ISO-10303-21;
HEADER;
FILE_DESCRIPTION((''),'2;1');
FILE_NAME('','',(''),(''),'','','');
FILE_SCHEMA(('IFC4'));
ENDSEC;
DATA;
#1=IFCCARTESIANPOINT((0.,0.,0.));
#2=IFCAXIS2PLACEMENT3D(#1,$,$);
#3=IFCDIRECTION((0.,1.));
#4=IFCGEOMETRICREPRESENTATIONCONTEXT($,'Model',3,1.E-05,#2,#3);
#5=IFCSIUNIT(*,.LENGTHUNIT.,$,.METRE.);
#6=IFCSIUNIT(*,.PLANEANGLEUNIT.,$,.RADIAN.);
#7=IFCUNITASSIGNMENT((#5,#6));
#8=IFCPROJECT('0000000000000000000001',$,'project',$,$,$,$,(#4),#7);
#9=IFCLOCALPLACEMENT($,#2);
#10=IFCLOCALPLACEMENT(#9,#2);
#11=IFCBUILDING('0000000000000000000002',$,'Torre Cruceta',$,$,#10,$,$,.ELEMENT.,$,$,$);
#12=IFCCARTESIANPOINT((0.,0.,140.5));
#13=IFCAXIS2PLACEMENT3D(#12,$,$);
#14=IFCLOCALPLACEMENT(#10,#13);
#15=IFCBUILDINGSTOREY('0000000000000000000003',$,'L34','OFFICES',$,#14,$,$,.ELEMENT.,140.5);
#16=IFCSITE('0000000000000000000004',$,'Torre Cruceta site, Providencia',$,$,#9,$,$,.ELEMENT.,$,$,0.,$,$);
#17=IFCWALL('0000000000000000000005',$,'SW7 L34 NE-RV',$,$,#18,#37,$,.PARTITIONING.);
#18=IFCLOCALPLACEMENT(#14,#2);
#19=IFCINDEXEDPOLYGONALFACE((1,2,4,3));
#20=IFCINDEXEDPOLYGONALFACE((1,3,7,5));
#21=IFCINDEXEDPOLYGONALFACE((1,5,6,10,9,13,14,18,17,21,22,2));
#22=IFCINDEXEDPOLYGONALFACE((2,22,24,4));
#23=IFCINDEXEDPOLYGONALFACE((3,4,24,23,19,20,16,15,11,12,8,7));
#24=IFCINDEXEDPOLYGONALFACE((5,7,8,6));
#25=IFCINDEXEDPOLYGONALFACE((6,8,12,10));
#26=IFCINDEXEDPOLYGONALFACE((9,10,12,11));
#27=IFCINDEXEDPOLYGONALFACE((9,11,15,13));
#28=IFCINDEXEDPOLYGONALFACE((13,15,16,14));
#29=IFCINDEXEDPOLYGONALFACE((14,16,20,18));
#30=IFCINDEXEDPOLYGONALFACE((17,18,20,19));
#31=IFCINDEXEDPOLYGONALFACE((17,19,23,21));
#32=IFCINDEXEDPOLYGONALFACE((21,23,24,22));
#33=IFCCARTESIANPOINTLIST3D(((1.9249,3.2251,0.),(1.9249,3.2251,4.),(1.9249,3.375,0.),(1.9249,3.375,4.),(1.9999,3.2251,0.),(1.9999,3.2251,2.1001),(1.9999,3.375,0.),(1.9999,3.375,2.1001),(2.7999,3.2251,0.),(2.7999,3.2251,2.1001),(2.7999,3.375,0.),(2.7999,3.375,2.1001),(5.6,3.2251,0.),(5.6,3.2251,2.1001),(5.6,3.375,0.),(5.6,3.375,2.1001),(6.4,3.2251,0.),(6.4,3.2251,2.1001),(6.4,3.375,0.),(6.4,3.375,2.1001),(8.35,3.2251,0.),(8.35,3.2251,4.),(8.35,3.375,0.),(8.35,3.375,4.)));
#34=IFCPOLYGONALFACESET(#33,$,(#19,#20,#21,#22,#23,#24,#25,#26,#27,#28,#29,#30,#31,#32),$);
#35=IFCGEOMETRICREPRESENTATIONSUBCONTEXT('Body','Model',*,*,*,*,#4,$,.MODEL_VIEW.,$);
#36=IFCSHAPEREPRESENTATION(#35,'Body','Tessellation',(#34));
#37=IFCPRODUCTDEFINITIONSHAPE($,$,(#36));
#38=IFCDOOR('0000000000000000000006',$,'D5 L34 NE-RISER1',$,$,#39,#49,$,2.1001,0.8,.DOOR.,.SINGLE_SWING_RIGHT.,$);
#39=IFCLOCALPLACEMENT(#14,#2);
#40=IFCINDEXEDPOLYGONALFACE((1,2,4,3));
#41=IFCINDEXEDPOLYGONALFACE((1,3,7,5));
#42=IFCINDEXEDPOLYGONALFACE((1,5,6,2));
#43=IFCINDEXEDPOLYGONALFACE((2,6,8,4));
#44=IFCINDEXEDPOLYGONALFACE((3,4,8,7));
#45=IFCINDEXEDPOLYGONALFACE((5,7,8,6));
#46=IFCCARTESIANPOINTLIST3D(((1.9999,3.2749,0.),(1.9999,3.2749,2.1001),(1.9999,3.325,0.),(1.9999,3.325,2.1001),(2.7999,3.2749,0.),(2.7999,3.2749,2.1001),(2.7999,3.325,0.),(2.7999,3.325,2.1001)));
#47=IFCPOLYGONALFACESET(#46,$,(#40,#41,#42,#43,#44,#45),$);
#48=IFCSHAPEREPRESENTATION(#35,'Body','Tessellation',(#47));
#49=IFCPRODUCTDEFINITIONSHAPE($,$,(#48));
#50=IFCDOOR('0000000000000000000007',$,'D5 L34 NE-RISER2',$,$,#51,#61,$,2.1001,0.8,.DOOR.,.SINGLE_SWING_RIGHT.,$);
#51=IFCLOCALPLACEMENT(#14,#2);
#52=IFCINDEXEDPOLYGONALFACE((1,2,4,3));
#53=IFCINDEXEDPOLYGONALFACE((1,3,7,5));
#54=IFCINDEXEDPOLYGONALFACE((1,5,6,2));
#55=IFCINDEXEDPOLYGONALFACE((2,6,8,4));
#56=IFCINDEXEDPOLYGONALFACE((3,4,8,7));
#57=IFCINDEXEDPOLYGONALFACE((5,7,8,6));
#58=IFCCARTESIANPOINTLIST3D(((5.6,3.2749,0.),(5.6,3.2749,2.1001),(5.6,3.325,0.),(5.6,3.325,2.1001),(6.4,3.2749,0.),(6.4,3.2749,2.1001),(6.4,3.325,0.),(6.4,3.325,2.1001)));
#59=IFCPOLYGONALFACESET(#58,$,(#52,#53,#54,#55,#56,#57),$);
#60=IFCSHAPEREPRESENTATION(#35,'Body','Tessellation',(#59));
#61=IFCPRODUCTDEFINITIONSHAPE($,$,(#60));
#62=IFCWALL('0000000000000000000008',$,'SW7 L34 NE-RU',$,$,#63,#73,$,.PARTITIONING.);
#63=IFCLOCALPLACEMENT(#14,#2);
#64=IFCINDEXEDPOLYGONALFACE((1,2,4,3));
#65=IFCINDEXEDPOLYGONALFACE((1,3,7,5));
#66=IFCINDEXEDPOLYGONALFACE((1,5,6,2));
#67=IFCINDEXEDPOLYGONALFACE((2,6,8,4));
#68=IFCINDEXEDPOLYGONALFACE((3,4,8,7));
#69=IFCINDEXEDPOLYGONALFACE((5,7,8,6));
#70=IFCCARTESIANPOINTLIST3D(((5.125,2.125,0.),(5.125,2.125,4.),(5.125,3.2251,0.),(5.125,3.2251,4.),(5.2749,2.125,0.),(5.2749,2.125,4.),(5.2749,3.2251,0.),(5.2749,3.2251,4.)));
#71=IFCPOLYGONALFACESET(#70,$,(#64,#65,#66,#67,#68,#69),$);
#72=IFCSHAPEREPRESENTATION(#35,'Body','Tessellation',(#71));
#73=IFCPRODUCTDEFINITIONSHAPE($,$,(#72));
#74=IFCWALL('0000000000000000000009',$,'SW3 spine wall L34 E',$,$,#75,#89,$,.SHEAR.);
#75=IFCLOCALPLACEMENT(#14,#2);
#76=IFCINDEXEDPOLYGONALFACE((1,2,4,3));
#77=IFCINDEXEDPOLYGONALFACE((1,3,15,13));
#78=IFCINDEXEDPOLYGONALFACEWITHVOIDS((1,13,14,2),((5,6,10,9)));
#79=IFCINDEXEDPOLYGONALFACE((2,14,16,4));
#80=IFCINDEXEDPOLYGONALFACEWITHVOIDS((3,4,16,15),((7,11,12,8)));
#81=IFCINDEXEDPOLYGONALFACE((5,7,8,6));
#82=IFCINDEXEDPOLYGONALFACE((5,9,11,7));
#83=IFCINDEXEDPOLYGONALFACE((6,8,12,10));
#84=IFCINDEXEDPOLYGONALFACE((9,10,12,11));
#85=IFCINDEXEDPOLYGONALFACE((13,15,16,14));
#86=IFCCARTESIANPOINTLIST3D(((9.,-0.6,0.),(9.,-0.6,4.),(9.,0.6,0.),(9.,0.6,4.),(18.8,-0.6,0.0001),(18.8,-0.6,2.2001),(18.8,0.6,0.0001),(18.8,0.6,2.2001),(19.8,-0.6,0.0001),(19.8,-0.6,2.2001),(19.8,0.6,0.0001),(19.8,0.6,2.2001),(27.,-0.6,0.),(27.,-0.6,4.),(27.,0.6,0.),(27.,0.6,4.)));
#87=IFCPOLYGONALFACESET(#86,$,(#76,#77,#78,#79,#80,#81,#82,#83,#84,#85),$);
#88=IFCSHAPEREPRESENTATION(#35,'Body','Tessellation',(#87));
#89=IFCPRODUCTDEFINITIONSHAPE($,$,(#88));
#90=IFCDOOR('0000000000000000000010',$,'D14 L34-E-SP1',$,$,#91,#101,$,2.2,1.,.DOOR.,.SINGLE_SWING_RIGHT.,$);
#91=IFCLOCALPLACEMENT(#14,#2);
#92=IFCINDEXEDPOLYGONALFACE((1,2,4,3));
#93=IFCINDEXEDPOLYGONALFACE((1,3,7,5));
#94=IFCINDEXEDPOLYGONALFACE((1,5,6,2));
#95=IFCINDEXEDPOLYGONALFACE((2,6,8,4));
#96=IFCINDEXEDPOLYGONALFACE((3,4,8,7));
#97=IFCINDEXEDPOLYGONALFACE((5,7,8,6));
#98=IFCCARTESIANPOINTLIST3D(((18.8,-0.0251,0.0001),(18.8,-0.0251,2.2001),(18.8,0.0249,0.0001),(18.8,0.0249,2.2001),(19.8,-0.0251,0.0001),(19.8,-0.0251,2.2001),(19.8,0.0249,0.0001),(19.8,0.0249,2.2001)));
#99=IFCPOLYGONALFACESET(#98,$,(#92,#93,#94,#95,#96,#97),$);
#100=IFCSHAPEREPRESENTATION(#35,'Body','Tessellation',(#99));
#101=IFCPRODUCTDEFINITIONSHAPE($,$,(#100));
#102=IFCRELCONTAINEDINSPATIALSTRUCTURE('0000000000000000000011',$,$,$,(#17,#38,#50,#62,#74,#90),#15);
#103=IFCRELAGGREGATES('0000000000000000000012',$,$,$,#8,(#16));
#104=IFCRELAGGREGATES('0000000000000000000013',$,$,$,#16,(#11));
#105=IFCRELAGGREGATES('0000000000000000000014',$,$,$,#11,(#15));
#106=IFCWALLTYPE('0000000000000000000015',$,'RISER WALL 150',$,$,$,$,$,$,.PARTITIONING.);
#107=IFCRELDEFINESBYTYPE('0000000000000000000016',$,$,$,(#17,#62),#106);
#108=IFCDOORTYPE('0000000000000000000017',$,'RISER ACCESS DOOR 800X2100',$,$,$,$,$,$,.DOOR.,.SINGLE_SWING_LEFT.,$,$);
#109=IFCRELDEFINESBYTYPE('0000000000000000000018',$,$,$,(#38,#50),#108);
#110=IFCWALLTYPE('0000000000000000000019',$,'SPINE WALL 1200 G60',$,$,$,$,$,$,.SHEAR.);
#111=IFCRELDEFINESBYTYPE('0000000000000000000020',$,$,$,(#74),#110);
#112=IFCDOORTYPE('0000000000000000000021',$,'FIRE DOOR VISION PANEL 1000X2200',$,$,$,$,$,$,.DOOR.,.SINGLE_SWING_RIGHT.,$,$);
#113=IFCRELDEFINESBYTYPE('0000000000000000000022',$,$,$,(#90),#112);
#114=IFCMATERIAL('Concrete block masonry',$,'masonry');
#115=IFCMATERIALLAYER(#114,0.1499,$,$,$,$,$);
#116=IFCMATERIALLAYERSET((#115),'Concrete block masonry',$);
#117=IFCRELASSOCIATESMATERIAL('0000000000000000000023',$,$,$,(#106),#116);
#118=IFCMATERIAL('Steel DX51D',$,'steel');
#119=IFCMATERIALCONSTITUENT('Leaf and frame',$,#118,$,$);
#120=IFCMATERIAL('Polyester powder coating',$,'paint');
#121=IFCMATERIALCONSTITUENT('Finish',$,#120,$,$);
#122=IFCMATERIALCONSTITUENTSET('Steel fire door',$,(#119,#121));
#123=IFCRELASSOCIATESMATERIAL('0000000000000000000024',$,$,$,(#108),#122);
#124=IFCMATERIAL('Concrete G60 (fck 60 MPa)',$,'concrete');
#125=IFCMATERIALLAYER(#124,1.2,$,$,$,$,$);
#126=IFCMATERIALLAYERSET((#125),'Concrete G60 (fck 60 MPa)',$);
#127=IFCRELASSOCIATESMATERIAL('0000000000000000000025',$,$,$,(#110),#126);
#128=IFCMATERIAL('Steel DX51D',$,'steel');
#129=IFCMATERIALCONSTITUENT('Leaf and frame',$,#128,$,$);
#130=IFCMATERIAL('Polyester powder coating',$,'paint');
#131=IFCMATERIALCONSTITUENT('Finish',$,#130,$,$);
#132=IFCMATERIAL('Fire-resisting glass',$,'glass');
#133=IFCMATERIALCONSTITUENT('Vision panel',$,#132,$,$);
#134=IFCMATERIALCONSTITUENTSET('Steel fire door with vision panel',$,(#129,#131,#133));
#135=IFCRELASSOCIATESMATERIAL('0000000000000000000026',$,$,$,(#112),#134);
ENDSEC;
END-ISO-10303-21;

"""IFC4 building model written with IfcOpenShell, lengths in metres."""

from ifc_helpers import new_model, si_unit, direction, frame, frame_2d, origin, place, context, subcontext, project, spatial, rectangle, extrude, material, layer, layer_set, constituent, constituent_set, type_object, element, fill, save


model = new_model("IFC4")

# Units and contexts
model_context = context("Model", 3, precision=1e-05, world=origin(), true_north=direction((0.0, 1.0)))
body_context = subcontext(model_context, "Body", "Model", "MODEL_VIEW")
ifc_project = project(units=[si_unit("LENGTHUNIT", "METRE"), si_unit("PLANEANGLEUNIT", "RADIAN")], contexts=[model_context])

# Site, building, storey
site_placement = place(None, origin())
site = spatial("IfcSite", under=ifc_project, at=site_placement, Name="Torre Cruceta site, Providencia", CompositionType="ELEMENT", RefElevation=0.0)
building_placement = place(site_placement, origin())
building = spatial("IfcBuilding", under=site, at=building_placement, Name="Torre Cruceta", CompositionType="ELEMENT")
storey_placement = place(building_placement, frame((0.0, 0.0, 140.5)))
storey = spatial("IfcBuildingStorey", under=building, at=storey_placement, Name="L34", Description="OFFICES", CompositionType="ELEMENT", Elevation=140.5)

# Wall, openings, doors
ifc_material_1 = material(Name="Concrete block masonry", Category="masonry")
ifc_layer_1 = layer(ifc_material_1, 0.1499)
ifc_layer_set_1 = layer_set([ifc_layer_1], Name="Concrete block masonry")
wall_type_1 = type_object("IfcWallType", Name="RISER WALL 150", PredefinedType="PARTITIONING", material=ifc_layer_set_1)
wall_1_placement = place(storey_placement, frame((1.925, 3.3, 0.0), z_axis=(0.0, 0.0, 1.0), x_axis=(1.0, 0.0, 0.0)))
wall_1 = element("IfcWall", 1, at=wall_1_placement, inside=storey, type_object=wall_type_1, Name="SW7 L34 NE-RV", PredefinedType="PARTITIONING", context=body_context, shape_type="SweptSolid", body=[
    extrude(rectangle(XDim=6.425, YDim=0.1499, at=frame_2d((3.2124, 0.0))), origin(), (0.0, 0.0, 1.0), 4.0),
])
opening_1_placement = place(wall_1_placement, frame((0.075, 0.0, 0.0)))
opening_1 = element("IfcOpeningElement", 2, at=opening_1_placement, cuts=wall_1, PredefinedType="OPENING", context=body_context, shape_type="SweptSolid", body=[
    extrude(rectangle(XDim=0.8, YDim=2.1001, at=frame_2d((0.3999, 1.05))), frame((0.0, 0.085, 0.0), z_axis=(0.0, -1.0, 0.0), x_axis=(1.0, 0.0, 0.0)), (0.0, 0.0, 1.0), 0.1699),
])
opening_2_placement = place(wall_1_placement, frame((3.675, 0.0, 0.0)))
opening_2 = element("IfcOpeningElement", 3, at=opening_2_placement, cuts=wall_1, PredefinedType="OPENING", context=body_context, shape_type="SweptSolid", body=[
    extrude(rectangle(XDim=0.8, YDim=2.1001, at=frame_2d((0.3999, 1.05))), frame((0.0, 0.085, 0.0), z_axis=(0.0, -1.0, 0.0), x_axis=(1.0, 0.0, 0.0)), (0.0, 0.0, 1.0), 0.1699),
])
ifc_material_2 = material(Name="Steel DX51D", Category="steel")
ifc_constituent_1 = constituent(ifc_material_2, Name="Leaf and frame")
ifc_material_3 = material(Name="Polyester powder coating", Category="paint")
ifc_constituent_2 = constituent(ifc_material_3, Name="Finish")
ifc_constituent_set_1 = constituent_set(constituents=[ifc_constituent_1, ifc_constituent_2], Name="Steel fire door")
door_type_1 = type_object("IfcDoorType", Name="RISER ACCESS DOOR 800X2100", OperationType="SINGLE_SWING_LEFT", PredefinedType="DOOR", material=ifc_constituent_set_1)
door_1_placement = place(opening_1_placement, frame((0.8, 0.0, 0.0), z_axis=(0.0, 0.0, 1.0), x_axis=(-1.0, 0.0, 0.0)))
door_1 = element("IfcDoor", 4, at=door_1_placement, inside=storey, type_object=door_type_1, Name="D5 L34 NE-RISER1", OperationType="SINGLE_SWING_RIGHT", OverallHeight=2.1001, OverallWidth=0.8, PredefinedType="DOOR", context=body_context, shape_type="SweptSolid", body=[
    extrude(rectangle(XDim=0.8, YDim=2.1001, at=frame_2d((0.4001, 1.05))), frame((0.0, 0.0251, 0.0), z_axis=(0.0, -1.0, 0.0), x_axis=(1.0, 0.0, 0.0)), (0.0, 0.0, 1.0), 0.05),
])
fill(opening_1, door_1)
door_2_placement = place(opening_2_placement, frame((0.8, 0.0, 0.0), z_axis=(0.0, 0.0, 1.0), x_axis=(-1.0, 0.0, 0.0)))
door_2 = element("IfcDoor", 5, at=door_2_placement, inside=storey, type_object=door_type_1, Name="D5 L34 NE-RISER2", OperationType="SINGLE_SWING_RIGHT", OverallHeight=2.1001, OverallWidth=0.8, PredefinedType="DOOR", context=body_context, shape_type="SweptSolid", body=[
    extrude(rectangle(XDim=0.8, YDim=2.1001, at=frame_2d((0.4001, 1.05))), frame((0.0, 0.0251, 0.0), z_axis=(0.0, -1.0, 0.0), x_axis=(1.0, 0.0, 0.0)), (0.0, 0.0, 1.0), 0.05),
])
fill(opening_2, door_2)

# Wall
wall_2_placement = place(storey_placement, frame((5.2, 2.125, 0.0), z_axis=(0.0, 0.0, 1.0), x_axis=(0.0, 1.0, 0.0)))
element("IfcWall", 6, at=wall_2_placement, inside=storey, type_object=wall_type_1, Name="SW7 L34 NE-RU", PredefinedType="PARTITIONING", context=body_context, shape_type="SweptSolid", body=[
    extrude(rectangle(XDim=1.1001, YDim=0.1499, at=frame_2d((0.55, 0.0))), origin(), (0.0, 0.0, 1.0), 4.0),
])

# Wall, opening, door
ifc_material_4 = material(Name="Concrete G60 (fck 60 MPa)", Category="concrete")
ifc_layer_2 = layer(ifc_material_4, 1.2)
ifc_layer_set_2 = layer_set([ifc_layer_2], Name="Concrete G60 (fck 60 MPa)")
wall_type_2 = type_object("IfcWallType", Name="SPINE WALL 1200 G60", PredefinedType="SHEAR", material=ifc_layer_set_2)
wall_3_placement = place(storey_placement, frame((9.0, 0.0, 0.0), z_axis=(0.0, 0.0, 1.0), x_axis=(1.0, 0.0, 0.0)))
wall_3 = element("IfcWall", 7, at=wall_3_placement, inside=storey, type_object=wall_type_2, Name="SW3 spine wall L34 E", PredefinedType="SHEAR", context=body_context, shape_type="SweptSolid", body=[
    extrude(rectangle(XDim=18.0, YDim=1.2, at=frame_2d((9.0, 0.0))), origin(), (0.0, 0.0, 1.0), 4.0),
])
opening_3_placement = place(wall_3_placement, frame((9.8, 0.0, 0.0)))
opening_3 = element("IfcOpeningElement", 8, at=opening_3_placement, cuts=wall_3, PredefinedType="OPENING", context=body_context, shape_type="SweptSolid", body=[
    extrude(rectangle(XDim=1.0, YDim=2.2, at=frame_2d((0.5, 1.1001))), frame((0.0, 0.6099, 0.0), z_axis=(0.0, -1.0, 0.0), x_axis=(1.0, 0.0, 0.0)), (0.0, 0.0, 1.0), 1.22),
])
ifc_material_5 = material(Name="Steel DX51D", Category="steel")
ifc_constituent_3 = constituent(ifc_material_5, Name="Leaf and frame")
ifc_material_6 = material(Name="Polyester powder coating", Category="paint")
ifc_constituent_4 = constituent(ifc_material_6, Name="Finish")
ifc_material_7 = material(Name="Fire-resisting glass", Category="glass")
ifc_constituent_5 = constituent(ifc_material_7, Name="Vision panel")
ifc_constituent_set_2 = constituent_set(constituents=[ifc_constituent_3, ifc_constituent_4, ifc_constituent_5], Name="Steel fire door with vision panel")
door_type_2 = type_object("IfcDoorType", Name="FIRE DOOR VISION PANEL 1000X2200", OperationType="SINGLE_SWING_RIGHT", PredefinedType="DOOR", material=ifc_constituent_set_2)
door_3_placement = place(opening_3_placement, frame((1.0, 0.0, 0.0), z_axis=(0.0, 0.0, 1.0), x_axis=(-1.0, 0.0, 0.0)))
door_3 = element("IfcDoor", 9, at=door_3_placement, inside=storey, type_object=door_type_2, Name="D14 L34-E-SP1", OperationType="SINGLE_SWING_RIGHT", OverallHeight=2.2, OverallWidth=1.0, PredefinedType="DOOR", context=body_context, shape_type="SweptSolid", body=[
    extrude(rectangle(XDim=1.0, YDim=2.2, at=frame_2d((0.5, 1.1001))), frame((0.0, 0.0251, 0.0), z_axis=(0.0, -1.0, 0.0), x_axis=(1.0, 0.0, 0.0)), (0.0, 0.0, 1.0), 0.05),
])
fill(opening_3, door_3)

save(model, "model.ifc")
